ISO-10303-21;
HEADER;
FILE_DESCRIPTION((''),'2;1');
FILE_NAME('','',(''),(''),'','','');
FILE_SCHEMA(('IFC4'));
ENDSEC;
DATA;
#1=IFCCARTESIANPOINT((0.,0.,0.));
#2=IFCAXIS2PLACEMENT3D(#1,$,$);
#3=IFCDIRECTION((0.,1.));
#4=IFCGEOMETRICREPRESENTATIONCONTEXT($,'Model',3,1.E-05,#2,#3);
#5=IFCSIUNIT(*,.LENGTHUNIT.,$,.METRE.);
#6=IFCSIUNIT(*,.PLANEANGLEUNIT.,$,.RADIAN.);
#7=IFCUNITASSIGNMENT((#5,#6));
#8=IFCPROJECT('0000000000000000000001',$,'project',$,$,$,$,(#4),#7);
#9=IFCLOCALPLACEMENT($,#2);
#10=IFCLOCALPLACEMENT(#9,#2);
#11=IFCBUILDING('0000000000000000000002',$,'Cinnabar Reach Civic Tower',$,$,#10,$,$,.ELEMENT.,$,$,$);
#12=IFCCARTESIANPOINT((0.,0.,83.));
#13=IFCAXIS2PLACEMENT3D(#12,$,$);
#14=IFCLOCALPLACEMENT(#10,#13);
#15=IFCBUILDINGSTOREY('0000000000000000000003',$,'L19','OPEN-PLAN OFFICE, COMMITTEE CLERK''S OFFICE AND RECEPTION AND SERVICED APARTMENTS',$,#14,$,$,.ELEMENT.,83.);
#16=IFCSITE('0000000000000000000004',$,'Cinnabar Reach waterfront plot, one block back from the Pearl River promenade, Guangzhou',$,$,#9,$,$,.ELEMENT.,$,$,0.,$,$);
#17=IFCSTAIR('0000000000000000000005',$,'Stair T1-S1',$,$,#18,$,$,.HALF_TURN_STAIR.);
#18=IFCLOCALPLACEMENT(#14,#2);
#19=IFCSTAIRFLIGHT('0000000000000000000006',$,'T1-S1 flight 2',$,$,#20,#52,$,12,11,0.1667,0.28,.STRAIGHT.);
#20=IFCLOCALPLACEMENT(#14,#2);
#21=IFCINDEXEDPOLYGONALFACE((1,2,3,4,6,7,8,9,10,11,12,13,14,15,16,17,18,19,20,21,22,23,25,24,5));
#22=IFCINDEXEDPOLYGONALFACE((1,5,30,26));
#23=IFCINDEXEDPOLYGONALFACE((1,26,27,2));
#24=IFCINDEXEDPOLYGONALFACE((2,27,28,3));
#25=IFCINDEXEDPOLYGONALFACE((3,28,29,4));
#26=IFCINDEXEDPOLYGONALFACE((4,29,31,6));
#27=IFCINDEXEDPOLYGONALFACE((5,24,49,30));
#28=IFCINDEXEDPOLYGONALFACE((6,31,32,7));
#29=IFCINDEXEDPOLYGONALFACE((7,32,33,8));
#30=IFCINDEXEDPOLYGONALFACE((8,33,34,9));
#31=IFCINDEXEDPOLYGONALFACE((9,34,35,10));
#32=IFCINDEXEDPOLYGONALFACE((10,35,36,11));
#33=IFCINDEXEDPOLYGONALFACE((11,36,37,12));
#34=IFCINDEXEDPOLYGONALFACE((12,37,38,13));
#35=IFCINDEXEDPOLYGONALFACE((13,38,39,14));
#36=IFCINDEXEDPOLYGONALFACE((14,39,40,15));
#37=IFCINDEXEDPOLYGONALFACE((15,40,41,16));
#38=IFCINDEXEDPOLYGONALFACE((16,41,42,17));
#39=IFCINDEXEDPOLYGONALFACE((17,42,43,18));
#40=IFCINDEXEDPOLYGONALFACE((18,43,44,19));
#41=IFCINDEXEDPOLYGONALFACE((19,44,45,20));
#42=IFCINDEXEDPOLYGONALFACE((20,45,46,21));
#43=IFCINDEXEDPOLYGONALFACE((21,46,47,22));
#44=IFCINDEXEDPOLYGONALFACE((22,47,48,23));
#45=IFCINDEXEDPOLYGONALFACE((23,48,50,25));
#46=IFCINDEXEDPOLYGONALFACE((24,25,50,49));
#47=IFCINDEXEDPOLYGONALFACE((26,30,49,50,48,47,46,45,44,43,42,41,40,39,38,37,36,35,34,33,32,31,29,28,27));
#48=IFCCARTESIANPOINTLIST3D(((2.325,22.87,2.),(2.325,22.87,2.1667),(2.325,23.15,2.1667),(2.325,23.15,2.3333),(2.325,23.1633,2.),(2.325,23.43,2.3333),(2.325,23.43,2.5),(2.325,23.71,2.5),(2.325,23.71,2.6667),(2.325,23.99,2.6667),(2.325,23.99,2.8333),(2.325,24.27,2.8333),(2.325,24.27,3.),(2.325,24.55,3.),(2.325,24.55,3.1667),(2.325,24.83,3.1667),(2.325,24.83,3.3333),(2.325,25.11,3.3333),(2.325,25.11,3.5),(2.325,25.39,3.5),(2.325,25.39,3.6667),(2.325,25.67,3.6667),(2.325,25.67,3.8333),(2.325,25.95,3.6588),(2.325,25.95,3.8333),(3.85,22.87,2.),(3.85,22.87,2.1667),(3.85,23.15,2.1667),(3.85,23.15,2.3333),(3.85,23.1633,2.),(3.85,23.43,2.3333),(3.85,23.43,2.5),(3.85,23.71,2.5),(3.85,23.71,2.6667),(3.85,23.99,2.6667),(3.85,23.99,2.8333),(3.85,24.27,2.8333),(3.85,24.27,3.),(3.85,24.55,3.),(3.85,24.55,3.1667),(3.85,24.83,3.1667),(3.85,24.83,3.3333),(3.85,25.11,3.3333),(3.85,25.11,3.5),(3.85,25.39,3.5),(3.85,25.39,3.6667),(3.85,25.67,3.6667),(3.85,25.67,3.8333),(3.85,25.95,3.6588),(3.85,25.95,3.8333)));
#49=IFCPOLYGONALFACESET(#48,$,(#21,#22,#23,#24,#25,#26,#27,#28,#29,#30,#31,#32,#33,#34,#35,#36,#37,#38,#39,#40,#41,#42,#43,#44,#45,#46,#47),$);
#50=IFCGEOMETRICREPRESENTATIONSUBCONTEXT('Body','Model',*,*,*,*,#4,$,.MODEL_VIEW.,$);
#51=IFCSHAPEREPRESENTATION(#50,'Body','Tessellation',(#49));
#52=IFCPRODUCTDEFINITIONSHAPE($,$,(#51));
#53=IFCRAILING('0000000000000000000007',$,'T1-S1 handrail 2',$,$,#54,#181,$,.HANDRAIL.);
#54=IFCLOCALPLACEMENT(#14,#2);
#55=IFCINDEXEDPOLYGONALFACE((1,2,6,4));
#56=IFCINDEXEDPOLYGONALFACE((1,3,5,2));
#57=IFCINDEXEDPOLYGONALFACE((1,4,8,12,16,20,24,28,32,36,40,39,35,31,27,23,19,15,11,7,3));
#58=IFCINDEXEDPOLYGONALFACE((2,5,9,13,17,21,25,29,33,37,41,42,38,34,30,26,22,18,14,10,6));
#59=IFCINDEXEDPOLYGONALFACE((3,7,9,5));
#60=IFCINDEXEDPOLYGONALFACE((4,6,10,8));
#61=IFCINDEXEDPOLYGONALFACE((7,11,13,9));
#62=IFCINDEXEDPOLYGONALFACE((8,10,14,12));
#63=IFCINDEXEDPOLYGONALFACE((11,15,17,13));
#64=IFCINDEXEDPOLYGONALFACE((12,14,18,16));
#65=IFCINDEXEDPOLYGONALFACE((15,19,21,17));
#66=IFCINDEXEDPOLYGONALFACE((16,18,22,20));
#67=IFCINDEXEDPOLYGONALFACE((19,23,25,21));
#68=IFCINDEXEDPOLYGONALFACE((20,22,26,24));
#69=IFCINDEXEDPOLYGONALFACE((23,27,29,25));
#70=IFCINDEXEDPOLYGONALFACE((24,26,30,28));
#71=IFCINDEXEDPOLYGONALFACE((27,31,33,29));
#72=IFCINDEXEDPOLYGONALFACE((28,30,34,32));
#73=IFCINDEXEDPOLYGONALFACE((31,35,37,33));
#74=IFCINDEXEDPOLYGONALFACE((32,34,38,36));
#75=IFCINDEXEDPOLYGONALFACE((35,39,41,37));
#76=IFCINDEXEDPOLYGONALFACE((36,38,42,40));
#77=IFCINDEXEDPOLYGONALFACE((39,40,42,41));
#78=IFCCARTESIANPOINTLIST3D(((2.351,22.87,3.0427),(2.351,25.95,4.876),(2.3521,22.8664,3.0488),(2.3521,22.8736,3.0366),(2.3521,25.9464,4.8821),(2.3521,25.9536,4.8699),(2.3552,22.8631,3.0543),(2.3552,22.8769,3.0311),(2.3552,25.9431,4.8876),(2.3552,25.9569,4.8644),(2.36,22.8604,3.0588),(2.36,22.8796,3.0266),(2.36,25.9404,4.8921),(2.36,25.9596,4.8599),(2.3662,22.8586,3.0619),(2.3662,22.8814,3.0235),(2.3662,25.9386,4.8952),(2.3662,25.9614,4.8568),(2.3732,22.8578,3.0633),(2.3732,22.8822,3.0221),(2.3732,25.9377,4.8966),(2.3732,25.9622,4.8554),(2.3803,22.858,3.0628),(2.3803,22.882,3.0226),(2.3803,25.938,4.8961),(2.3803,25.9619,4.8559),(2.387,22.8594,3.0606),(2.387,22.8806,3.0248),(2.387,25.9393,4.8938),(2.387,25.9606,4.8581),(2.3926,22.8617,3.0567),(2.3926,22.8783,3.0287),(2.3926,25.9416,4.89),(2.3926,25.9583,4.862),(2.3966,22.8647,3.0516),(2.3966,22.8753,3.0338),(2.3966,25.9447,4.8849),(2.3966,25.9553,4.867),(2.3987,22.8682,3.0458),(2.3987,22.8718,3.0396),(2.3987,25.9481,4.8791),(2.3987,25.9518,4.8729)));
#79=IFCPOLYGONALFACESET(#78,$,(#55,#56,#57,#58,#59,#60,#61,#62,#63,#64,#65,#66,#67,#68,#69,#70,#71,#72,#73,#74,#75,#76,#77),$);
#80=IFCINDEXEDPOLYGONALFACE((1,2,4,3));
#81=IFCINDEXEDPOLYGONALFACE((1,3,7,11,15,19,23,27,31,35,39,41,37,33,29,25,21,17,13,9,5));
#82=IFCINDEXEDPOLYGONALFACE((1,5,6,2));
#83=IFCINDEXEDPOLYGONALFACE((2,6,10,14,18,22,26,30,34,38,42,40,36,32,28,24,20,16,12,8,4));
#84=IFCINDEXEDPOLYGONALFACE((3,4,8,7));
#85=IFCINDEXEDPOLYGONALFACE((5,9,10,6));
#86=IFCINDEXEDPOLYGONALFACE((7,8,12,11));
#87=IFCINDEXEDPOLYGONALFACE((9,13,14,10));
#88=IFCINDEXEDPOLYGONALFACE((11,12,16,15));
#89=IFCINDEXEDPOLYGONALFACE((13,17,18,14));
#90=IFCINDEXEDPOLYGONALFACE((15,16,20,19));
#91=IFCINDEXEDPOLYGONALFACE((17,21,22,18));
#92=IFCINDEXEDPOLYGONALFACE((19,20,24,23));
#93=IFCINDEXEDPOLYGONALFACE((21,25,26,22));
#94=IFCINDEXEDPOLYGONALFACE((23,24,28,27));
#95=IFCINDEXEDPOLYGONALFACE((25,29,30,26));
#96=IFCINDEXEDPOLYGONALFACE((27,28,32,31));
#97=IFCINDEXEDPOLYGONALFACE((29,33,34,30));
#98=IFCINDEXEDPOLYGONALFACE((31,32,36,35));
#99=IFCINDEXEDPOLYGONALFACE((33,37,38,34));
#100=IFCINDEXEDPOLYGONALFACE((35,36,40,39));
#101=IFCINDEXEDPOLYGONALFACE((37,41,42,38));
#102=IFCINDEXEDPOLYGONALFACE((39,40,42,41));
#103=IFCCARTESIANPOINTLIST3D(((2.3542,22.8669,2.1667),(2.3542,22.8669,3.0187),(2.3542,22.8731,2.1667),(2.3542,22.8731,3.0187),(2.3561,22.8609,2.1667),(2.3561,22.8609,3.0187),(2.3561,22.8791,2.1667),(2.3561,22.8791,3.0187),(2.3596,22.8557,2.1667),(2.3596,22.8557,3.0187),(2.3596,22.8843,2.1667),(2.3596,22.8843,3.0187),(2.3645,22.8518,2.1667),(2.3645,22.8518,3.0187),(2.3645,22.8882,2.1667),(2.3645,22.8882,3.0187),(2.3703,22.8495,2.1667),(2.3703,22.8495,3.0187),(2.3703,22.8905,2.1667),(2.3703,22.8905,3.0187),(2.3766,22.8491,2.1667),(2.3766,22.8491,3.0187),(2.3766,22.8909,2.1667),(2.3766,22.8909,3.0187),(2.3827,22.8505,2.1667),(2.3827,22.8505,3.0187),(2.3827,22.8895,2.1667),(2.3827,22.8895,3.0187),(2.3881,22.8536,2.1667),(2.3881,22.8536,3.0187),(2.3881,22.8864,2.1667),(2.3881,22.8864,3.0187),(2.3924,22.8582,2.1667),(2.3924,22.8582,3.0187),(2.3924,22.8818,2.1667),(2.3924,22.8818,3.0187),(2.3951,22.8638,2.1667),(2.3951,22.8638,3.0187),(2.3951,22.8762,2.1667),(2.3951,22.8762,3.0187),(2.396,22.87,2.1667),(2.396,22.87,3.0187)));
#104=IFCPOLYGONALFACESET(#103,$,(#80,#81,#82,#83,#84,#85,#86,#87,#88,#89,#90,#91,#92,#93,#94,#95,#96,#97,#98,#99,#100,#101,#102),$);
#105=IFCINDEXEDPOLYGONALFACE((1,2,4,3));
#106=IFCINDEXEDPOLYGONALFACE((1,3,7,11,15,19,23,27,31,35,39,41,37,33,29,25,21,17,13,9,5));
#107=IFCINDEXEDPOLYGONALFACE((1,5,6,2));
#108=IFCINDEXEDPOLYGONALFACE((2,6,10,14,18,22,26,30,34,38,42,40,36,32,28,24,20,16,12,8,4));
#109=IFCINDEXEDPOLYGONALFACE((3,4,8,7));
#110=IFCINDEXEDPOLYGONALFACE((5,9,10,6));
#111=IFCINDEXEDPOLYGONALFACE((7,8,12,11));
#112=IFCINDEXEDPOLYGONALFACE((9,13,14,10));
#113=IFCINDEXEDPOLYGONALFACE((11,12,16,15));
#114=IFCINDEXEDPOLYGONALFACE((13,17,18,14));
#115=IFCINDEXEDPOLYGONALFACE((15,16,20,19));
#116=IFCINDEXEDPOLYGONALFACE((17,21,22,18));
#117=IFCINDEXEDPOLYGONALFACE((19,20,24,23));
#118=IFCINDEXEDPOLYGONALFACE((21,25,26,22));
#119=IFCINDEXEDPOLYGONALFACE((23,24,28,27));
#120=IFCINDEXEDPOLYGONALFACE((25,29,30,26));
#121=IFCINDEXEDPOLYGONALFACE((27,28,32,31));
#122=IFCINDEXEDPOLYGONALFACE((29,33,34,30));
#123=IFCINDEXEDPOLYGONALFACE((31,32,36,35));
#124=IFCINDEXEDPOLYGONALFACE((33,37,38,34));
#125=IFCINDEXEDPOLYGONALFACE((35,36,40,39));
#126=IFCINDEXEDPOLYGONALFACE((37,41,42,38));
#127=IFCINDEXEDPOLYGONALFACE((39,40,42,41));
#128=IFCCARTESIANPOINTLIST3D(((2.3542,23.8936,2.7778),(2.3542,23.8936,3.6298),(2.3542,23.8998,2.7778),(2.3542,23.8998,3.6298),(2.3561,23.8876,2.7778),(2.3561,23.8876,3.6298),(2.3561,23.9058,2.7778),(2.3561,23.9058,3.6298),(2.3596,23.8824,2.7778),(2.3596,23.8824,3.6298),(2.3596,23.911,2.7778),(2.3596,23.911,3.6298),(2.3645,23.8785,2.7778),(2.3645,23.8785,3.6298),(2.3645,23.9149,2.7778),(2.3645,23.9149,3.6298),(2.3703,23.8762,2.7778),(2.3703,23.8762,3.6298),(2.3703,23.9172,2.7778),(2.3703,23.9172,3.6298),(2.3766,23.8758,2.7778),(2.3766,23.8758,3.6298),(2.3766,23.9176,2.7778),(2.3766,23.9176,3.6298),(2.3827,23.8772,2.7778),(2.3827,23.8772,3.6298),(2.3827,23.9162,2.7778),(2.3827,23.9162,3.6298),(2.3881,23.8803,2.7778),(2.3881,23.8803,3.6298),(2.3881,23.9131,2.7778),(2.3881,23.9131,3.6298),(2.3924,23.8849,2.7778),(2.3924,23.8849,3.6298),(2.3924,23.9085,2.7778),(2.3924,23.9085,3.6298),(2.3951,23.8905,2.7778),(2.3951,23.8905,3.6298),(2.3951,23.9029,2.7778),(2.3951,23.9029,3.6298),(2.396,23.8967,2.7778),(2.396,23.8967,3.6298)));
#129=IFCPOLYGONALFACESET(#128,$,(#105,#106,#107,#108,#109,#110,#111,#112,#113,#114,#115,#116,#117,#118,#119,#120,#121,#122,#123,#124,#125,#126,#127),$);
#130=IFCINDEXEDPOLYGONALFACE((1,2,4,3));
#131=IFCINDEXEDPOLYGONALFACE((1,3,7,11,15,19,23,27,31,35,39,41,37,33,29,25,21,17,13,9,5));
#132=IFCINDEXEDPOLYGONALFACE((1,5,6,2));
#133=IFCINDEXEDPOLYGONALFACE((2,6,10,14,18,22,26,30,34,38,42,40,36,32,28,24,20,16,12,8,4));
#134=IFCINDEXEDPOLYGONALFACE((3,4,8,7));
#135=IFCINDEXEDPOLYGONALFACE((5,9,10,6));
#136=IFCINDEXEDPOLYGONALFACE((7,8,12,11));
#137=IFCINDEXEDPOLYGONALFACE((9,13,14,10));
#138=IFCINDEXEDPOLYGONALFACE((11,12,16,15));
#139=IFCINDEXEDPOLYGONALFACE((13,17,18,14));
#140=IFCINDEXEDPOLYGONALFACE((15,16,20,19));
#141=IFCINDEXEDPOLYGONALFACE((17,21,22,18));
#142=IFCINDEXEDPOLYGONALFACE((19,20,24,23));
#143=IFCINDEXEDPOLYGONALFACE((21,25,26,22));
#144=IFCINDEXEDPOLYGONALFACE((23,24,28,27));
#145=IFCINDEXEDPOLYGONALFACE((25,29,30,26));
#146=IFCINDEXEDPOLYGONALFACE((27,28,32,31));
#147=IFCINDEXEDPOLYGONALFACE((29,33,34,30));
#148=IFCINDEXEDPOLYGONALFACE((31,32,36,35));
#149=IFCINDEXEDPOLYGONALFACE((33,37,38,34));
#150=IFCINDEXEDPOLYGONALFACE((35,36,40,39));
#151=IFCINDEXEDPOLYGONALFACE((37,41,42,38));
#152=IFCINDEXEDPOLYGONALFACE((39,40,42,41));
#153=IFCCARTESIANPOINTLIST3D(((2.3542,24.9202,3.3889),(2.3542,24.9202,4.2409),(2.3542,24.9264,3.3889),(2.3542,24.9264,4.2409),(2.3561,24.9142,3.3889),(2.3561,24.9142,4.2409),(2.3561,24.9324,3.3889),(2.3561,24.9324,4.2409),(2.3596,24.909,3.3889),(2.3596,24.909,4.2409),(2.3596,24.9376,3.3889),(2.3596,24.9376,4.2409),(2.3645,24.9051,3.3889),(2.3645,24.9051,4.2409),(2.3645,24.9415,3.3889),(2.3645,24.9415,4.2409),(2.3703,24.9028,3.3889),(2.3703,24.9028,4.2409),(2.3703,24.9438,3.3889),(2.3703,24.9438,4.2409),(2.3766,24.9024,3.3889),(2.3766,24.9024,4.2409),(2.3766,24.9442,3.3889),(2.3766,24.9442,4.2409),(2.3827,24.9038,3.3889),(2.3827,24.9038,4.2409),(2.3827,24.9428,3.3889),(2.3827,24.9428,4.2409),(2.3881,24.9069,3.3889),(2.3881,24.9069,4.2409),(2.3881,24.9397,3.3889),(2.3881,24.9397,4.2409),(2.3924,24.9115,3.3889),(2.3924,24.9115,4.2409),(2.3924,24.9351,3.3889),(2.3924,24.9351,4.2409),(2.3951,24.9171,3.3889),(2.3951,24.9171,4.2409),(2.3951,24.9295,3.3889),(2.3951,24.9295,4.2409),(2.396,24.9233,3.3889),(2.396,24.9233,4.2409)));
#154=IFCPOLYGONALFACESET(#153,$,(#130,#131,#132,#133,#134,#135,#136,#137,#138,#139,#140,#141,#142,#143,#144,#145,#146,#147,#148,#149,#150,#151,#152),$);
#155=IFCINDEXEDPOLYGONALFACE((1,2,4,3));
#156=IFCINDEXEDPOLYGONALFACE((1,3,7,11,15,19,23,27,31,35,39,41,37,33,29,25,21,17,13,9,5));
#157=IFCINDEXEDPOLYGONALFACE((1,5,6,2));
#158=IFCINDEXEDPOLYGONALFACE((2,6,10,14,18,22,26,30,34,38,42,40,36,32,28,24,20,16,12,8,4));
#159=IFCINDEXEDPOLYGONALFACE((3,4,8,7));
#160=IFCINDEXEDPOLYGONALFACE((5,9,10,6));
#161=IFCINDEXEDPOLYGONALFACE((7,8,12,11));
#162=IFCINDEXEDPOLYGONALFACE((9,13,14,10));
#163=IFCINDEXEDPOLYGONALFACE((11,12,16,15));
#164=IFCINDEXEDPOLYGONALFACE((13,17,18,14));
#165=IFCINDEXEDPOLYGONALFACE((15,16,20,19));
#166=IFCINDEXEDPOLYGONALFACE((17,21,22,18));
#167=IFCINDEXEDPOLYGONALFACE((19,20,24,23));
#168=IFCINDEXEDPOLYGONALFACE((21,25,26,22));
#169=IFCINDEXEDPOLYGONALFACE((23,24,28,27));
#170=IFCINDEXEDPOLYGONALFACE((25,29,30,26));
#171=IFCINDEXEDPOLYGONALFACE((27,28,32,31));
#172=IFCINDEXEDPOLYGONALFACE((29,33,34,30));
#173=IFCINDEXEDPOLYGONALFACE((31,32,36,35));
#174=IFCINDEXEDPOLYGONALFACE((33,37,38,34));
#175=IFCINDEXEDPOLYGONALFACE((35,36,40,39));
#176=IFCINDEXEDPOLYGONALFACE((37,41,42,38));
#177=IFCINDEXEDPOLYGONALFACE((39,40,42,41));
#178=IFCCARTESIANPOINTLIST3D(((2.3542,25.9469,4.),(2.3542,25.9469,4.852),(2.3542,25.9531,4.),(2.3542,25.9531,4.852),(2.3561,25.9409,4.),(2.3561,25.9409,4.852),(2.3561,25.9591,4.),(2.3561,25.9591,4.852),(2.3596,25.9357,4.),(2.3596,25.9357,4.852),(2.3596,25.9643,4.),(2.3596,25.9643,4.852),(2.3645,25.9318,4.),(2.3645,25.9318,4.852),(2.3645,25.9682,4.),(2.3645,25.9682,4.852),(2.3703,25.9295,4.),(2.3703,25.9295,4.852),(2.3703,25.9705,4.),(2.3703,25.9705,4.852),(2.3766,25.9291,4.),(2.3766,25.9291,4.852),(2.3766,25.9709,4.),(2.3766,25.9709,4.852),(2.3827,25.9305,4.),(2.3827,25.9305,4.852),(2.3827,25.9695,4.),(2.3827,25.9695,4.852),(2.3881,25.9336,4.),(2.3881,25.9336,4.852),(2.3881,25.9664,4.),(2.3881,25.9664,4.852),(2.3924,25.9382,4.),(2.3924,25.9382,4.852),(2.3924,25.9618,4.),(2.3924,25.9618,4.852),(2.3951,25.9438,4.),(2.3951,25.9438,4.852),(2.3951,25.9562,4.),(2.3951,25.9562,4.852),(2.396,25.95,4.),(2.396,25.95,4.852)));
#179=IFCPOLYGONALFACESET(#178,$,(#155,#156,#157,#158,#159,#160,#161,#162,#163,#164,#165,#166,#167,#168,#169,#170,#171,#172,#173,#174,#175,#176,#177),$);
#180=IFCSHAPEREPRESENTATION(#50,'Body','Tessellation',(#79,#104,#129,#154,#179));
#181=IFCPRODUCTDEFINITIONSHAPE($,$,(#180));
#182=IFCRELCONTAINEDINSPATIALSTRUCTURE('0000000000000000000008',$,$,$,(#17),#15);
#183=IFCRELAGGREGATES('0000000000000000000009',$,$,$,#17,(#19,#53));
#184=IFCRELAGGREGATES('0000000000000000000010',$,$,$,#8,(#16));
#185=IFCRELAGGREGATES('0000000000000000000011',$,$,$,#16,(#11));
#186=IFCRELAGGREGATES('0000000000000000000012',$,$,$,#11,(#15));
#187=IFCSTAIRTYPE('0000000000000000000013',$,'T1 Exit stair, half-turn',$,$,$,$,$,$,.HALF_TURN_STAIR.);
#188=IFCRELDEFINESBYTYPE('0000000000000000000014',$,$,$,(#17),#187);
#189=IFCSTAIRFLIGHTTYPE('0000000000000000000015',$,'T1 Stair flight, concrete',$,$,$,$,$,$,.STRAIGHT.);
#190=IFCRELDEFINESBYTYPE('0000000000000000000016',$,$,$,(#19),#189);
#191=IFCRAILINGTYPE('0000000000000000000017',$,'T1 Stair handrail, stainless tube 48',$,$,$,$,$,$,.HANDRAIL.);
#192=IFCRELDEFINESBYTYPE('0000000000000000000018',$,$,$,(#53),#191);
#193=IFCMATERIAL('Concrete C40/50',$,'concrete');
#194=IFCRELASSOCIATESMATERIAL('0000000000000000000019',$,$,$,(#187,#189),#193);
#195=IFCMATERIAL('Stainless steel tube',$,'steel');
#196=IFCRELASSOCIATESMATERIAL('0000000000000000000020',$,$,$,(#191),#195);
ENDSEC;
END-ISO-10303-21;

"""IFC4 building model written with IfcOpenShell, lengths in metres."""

from ifc_helpers import new_model, si_unit, direction, frame, origin, origin_2d, place, context, subcontext, project, spatial, polyline, circle, outline, extrude, material, type_object, element, aggregate, save


model = new_model("IFC4")

# Units and contexts
model_context = context("Model", 3, precision=1e-05, world=origin(), true_north=direction((0.0, 1.0)))
body_context = subcontext(model_context, "Body", "Model", "MODEL_VIEW")
ifc_project = project(units=[si_unit("LENGTHUNIT", "METRE"), si_unit("PLANEANGLEUNIT", "RADIAN")], contexts=[model_context])

# Site, building, storey
site_placement = place(None, origin())
site = spatial("IfcSite", under=ifc_project, at=site_placement, Name="Cinnabar Reach waterfront plot, one block back from the Pearl River promenade, Guangzhou", CompositionType="ELEMENT", RefElevation=0.0)
building_placement = place(site_placement, origin())
building = spatial("IfcBuilding", under=site, at=building_placement, Name="Cinnabar Reach Civic Tower", CompositionType="ELEMENT")
storey_placement = place(building_placement, frame((0.0, 0.0, 83.0)))
storey = spatial("IfcBuildingStorey", under=building, at=storey_placement, Name="L19", Description="OPEN-PLAN OFFICE, COMMITTEE CLERK'S OFFICE AND RECEPTION AND SERVICED APARTMENTS", CompositionType="ELEMENT", Elevation=83.0)

# Stair, stair flight, railing
ifc_material_1 = material(Name="Concrete C40/50", Category="concrete")
stair_type = type_object("IfcStairType", Name="T1 Exit stair, half-turn", PredefinedType="HALF_TURN_STAIR", material=ifc_material_1)
stair_placement = place(storey_placement, origin())
stair = element("IfcStair", 1, at=stair_placement, inside=storey, type_object=stair_type, Name="Stair T1-S1", PredefinedType="HALF_TURN_STAIR")
stair_flight_type = type_object("IfcStairFlightType", Name="T1 Stair flight, concrete", PredefinedType="STRAIGHT", material=ifc_material_1)
stair_flight_placement = place(storey_placement, frame((3.0875, 22.87, 2.0), z_axis=(0.0, 0.0, 1.0), x_axis=(0.0, 1.0, 0.0)))
stair_flight = element("IfcStairFlight", 2, at=stair_flight_placement, type_object=stair_flight_type, Name="T1-S1 flight 2", NumberOfRisers=12, NumberOfTreads=11, PredefinedType="STRAIGHT", RiserHeight=0.1667, TreadLength=0.28, context=body_context, shape_type="SweptSolid", body=[
    extrude(outline(polyline([(0.0, 0.0), (0.0, 0.1667), (0.28, 0.1667), (0.28, 0.3333), (0.56, 0.3333), (0.56, 0.5), (0.84, 0.5), (0.84, 0.6667), (1.12, 0.6667), (1.12, 0.8333), (1.4, 0.8333), (1.4, 1.0), (1.68, 1.0), (1.68, 1.1667), (1.96, 1.1667), (1.96, 1.3333), (2.24, 1.3333), (2.24, 1.5), (2.52, 1.5), (2.52, 1.6667), (2.8, 1.6667), (2.8, 1.8333), (3.08, 1.8333), (3.08, 2.0), (3.08, 1.6588), (0.2933, 0.0), (0.0, 0.0)])), frame((0.0, 0.7625, 0.0), z_axis=(0.0, -1.0, 0.0), x_axis=(1.0, 0.0, 0.0)), (0.0, 0.0, 1.0), 1.525),
])
ifc_material_2 = material(Name="Stainless steel tube", Category="steel")
railing_type = type_object("IfcRailingType", Name="T1 Stair handrail, stainless tube 48", PredefinedType="HANDRAIL", material=ifc_material_2)
railing_placement = place(storey_placement, frame((2.375, 22.87, 2.1667)))
railing = element("IfcRailing", 3, at=railing_placement, type_object=railing_type, Name="T1-S1 handrail 2", PredefinedType="HANDRAIL", context=body_context, shape_type="SweptSolid", body=[
    extrude(circle(Radius=0.024, at=origin_2d()), frame((0.0, 0.0, 0.876), z_axis=(0.0, 0.859297, 0.511477), x_axis=(-1.0, 0.0, 0.0)), (0.0, 0.0, 1.0), 3.5843),
    extrude(circle(Radius=0.021, at=origin_2d()), origin(), (0.0, 0.0, 1.0), 0.852),
    extrude(circle(Radius=0.021, at=origin_2d()), frame((0.0, 1.0267, 0.6111)), (0.0, 0.0, 1.0), 0.852),
    extrude(circle(Radius=0.021, at=origin_2d()), frame((0.0, 2.0533, 1.2222)), (0.0, 0.0, 1.0), 0.852),
    extrude(circle(Radius=0.021, at=origin_2d()), frame((0.0, 3.08, 1.8333)), (0.0, 0.0, 1.0), 0.852),
])
aggregate(stair, [stair_flight, railing])

save(model, "model.ifc")
